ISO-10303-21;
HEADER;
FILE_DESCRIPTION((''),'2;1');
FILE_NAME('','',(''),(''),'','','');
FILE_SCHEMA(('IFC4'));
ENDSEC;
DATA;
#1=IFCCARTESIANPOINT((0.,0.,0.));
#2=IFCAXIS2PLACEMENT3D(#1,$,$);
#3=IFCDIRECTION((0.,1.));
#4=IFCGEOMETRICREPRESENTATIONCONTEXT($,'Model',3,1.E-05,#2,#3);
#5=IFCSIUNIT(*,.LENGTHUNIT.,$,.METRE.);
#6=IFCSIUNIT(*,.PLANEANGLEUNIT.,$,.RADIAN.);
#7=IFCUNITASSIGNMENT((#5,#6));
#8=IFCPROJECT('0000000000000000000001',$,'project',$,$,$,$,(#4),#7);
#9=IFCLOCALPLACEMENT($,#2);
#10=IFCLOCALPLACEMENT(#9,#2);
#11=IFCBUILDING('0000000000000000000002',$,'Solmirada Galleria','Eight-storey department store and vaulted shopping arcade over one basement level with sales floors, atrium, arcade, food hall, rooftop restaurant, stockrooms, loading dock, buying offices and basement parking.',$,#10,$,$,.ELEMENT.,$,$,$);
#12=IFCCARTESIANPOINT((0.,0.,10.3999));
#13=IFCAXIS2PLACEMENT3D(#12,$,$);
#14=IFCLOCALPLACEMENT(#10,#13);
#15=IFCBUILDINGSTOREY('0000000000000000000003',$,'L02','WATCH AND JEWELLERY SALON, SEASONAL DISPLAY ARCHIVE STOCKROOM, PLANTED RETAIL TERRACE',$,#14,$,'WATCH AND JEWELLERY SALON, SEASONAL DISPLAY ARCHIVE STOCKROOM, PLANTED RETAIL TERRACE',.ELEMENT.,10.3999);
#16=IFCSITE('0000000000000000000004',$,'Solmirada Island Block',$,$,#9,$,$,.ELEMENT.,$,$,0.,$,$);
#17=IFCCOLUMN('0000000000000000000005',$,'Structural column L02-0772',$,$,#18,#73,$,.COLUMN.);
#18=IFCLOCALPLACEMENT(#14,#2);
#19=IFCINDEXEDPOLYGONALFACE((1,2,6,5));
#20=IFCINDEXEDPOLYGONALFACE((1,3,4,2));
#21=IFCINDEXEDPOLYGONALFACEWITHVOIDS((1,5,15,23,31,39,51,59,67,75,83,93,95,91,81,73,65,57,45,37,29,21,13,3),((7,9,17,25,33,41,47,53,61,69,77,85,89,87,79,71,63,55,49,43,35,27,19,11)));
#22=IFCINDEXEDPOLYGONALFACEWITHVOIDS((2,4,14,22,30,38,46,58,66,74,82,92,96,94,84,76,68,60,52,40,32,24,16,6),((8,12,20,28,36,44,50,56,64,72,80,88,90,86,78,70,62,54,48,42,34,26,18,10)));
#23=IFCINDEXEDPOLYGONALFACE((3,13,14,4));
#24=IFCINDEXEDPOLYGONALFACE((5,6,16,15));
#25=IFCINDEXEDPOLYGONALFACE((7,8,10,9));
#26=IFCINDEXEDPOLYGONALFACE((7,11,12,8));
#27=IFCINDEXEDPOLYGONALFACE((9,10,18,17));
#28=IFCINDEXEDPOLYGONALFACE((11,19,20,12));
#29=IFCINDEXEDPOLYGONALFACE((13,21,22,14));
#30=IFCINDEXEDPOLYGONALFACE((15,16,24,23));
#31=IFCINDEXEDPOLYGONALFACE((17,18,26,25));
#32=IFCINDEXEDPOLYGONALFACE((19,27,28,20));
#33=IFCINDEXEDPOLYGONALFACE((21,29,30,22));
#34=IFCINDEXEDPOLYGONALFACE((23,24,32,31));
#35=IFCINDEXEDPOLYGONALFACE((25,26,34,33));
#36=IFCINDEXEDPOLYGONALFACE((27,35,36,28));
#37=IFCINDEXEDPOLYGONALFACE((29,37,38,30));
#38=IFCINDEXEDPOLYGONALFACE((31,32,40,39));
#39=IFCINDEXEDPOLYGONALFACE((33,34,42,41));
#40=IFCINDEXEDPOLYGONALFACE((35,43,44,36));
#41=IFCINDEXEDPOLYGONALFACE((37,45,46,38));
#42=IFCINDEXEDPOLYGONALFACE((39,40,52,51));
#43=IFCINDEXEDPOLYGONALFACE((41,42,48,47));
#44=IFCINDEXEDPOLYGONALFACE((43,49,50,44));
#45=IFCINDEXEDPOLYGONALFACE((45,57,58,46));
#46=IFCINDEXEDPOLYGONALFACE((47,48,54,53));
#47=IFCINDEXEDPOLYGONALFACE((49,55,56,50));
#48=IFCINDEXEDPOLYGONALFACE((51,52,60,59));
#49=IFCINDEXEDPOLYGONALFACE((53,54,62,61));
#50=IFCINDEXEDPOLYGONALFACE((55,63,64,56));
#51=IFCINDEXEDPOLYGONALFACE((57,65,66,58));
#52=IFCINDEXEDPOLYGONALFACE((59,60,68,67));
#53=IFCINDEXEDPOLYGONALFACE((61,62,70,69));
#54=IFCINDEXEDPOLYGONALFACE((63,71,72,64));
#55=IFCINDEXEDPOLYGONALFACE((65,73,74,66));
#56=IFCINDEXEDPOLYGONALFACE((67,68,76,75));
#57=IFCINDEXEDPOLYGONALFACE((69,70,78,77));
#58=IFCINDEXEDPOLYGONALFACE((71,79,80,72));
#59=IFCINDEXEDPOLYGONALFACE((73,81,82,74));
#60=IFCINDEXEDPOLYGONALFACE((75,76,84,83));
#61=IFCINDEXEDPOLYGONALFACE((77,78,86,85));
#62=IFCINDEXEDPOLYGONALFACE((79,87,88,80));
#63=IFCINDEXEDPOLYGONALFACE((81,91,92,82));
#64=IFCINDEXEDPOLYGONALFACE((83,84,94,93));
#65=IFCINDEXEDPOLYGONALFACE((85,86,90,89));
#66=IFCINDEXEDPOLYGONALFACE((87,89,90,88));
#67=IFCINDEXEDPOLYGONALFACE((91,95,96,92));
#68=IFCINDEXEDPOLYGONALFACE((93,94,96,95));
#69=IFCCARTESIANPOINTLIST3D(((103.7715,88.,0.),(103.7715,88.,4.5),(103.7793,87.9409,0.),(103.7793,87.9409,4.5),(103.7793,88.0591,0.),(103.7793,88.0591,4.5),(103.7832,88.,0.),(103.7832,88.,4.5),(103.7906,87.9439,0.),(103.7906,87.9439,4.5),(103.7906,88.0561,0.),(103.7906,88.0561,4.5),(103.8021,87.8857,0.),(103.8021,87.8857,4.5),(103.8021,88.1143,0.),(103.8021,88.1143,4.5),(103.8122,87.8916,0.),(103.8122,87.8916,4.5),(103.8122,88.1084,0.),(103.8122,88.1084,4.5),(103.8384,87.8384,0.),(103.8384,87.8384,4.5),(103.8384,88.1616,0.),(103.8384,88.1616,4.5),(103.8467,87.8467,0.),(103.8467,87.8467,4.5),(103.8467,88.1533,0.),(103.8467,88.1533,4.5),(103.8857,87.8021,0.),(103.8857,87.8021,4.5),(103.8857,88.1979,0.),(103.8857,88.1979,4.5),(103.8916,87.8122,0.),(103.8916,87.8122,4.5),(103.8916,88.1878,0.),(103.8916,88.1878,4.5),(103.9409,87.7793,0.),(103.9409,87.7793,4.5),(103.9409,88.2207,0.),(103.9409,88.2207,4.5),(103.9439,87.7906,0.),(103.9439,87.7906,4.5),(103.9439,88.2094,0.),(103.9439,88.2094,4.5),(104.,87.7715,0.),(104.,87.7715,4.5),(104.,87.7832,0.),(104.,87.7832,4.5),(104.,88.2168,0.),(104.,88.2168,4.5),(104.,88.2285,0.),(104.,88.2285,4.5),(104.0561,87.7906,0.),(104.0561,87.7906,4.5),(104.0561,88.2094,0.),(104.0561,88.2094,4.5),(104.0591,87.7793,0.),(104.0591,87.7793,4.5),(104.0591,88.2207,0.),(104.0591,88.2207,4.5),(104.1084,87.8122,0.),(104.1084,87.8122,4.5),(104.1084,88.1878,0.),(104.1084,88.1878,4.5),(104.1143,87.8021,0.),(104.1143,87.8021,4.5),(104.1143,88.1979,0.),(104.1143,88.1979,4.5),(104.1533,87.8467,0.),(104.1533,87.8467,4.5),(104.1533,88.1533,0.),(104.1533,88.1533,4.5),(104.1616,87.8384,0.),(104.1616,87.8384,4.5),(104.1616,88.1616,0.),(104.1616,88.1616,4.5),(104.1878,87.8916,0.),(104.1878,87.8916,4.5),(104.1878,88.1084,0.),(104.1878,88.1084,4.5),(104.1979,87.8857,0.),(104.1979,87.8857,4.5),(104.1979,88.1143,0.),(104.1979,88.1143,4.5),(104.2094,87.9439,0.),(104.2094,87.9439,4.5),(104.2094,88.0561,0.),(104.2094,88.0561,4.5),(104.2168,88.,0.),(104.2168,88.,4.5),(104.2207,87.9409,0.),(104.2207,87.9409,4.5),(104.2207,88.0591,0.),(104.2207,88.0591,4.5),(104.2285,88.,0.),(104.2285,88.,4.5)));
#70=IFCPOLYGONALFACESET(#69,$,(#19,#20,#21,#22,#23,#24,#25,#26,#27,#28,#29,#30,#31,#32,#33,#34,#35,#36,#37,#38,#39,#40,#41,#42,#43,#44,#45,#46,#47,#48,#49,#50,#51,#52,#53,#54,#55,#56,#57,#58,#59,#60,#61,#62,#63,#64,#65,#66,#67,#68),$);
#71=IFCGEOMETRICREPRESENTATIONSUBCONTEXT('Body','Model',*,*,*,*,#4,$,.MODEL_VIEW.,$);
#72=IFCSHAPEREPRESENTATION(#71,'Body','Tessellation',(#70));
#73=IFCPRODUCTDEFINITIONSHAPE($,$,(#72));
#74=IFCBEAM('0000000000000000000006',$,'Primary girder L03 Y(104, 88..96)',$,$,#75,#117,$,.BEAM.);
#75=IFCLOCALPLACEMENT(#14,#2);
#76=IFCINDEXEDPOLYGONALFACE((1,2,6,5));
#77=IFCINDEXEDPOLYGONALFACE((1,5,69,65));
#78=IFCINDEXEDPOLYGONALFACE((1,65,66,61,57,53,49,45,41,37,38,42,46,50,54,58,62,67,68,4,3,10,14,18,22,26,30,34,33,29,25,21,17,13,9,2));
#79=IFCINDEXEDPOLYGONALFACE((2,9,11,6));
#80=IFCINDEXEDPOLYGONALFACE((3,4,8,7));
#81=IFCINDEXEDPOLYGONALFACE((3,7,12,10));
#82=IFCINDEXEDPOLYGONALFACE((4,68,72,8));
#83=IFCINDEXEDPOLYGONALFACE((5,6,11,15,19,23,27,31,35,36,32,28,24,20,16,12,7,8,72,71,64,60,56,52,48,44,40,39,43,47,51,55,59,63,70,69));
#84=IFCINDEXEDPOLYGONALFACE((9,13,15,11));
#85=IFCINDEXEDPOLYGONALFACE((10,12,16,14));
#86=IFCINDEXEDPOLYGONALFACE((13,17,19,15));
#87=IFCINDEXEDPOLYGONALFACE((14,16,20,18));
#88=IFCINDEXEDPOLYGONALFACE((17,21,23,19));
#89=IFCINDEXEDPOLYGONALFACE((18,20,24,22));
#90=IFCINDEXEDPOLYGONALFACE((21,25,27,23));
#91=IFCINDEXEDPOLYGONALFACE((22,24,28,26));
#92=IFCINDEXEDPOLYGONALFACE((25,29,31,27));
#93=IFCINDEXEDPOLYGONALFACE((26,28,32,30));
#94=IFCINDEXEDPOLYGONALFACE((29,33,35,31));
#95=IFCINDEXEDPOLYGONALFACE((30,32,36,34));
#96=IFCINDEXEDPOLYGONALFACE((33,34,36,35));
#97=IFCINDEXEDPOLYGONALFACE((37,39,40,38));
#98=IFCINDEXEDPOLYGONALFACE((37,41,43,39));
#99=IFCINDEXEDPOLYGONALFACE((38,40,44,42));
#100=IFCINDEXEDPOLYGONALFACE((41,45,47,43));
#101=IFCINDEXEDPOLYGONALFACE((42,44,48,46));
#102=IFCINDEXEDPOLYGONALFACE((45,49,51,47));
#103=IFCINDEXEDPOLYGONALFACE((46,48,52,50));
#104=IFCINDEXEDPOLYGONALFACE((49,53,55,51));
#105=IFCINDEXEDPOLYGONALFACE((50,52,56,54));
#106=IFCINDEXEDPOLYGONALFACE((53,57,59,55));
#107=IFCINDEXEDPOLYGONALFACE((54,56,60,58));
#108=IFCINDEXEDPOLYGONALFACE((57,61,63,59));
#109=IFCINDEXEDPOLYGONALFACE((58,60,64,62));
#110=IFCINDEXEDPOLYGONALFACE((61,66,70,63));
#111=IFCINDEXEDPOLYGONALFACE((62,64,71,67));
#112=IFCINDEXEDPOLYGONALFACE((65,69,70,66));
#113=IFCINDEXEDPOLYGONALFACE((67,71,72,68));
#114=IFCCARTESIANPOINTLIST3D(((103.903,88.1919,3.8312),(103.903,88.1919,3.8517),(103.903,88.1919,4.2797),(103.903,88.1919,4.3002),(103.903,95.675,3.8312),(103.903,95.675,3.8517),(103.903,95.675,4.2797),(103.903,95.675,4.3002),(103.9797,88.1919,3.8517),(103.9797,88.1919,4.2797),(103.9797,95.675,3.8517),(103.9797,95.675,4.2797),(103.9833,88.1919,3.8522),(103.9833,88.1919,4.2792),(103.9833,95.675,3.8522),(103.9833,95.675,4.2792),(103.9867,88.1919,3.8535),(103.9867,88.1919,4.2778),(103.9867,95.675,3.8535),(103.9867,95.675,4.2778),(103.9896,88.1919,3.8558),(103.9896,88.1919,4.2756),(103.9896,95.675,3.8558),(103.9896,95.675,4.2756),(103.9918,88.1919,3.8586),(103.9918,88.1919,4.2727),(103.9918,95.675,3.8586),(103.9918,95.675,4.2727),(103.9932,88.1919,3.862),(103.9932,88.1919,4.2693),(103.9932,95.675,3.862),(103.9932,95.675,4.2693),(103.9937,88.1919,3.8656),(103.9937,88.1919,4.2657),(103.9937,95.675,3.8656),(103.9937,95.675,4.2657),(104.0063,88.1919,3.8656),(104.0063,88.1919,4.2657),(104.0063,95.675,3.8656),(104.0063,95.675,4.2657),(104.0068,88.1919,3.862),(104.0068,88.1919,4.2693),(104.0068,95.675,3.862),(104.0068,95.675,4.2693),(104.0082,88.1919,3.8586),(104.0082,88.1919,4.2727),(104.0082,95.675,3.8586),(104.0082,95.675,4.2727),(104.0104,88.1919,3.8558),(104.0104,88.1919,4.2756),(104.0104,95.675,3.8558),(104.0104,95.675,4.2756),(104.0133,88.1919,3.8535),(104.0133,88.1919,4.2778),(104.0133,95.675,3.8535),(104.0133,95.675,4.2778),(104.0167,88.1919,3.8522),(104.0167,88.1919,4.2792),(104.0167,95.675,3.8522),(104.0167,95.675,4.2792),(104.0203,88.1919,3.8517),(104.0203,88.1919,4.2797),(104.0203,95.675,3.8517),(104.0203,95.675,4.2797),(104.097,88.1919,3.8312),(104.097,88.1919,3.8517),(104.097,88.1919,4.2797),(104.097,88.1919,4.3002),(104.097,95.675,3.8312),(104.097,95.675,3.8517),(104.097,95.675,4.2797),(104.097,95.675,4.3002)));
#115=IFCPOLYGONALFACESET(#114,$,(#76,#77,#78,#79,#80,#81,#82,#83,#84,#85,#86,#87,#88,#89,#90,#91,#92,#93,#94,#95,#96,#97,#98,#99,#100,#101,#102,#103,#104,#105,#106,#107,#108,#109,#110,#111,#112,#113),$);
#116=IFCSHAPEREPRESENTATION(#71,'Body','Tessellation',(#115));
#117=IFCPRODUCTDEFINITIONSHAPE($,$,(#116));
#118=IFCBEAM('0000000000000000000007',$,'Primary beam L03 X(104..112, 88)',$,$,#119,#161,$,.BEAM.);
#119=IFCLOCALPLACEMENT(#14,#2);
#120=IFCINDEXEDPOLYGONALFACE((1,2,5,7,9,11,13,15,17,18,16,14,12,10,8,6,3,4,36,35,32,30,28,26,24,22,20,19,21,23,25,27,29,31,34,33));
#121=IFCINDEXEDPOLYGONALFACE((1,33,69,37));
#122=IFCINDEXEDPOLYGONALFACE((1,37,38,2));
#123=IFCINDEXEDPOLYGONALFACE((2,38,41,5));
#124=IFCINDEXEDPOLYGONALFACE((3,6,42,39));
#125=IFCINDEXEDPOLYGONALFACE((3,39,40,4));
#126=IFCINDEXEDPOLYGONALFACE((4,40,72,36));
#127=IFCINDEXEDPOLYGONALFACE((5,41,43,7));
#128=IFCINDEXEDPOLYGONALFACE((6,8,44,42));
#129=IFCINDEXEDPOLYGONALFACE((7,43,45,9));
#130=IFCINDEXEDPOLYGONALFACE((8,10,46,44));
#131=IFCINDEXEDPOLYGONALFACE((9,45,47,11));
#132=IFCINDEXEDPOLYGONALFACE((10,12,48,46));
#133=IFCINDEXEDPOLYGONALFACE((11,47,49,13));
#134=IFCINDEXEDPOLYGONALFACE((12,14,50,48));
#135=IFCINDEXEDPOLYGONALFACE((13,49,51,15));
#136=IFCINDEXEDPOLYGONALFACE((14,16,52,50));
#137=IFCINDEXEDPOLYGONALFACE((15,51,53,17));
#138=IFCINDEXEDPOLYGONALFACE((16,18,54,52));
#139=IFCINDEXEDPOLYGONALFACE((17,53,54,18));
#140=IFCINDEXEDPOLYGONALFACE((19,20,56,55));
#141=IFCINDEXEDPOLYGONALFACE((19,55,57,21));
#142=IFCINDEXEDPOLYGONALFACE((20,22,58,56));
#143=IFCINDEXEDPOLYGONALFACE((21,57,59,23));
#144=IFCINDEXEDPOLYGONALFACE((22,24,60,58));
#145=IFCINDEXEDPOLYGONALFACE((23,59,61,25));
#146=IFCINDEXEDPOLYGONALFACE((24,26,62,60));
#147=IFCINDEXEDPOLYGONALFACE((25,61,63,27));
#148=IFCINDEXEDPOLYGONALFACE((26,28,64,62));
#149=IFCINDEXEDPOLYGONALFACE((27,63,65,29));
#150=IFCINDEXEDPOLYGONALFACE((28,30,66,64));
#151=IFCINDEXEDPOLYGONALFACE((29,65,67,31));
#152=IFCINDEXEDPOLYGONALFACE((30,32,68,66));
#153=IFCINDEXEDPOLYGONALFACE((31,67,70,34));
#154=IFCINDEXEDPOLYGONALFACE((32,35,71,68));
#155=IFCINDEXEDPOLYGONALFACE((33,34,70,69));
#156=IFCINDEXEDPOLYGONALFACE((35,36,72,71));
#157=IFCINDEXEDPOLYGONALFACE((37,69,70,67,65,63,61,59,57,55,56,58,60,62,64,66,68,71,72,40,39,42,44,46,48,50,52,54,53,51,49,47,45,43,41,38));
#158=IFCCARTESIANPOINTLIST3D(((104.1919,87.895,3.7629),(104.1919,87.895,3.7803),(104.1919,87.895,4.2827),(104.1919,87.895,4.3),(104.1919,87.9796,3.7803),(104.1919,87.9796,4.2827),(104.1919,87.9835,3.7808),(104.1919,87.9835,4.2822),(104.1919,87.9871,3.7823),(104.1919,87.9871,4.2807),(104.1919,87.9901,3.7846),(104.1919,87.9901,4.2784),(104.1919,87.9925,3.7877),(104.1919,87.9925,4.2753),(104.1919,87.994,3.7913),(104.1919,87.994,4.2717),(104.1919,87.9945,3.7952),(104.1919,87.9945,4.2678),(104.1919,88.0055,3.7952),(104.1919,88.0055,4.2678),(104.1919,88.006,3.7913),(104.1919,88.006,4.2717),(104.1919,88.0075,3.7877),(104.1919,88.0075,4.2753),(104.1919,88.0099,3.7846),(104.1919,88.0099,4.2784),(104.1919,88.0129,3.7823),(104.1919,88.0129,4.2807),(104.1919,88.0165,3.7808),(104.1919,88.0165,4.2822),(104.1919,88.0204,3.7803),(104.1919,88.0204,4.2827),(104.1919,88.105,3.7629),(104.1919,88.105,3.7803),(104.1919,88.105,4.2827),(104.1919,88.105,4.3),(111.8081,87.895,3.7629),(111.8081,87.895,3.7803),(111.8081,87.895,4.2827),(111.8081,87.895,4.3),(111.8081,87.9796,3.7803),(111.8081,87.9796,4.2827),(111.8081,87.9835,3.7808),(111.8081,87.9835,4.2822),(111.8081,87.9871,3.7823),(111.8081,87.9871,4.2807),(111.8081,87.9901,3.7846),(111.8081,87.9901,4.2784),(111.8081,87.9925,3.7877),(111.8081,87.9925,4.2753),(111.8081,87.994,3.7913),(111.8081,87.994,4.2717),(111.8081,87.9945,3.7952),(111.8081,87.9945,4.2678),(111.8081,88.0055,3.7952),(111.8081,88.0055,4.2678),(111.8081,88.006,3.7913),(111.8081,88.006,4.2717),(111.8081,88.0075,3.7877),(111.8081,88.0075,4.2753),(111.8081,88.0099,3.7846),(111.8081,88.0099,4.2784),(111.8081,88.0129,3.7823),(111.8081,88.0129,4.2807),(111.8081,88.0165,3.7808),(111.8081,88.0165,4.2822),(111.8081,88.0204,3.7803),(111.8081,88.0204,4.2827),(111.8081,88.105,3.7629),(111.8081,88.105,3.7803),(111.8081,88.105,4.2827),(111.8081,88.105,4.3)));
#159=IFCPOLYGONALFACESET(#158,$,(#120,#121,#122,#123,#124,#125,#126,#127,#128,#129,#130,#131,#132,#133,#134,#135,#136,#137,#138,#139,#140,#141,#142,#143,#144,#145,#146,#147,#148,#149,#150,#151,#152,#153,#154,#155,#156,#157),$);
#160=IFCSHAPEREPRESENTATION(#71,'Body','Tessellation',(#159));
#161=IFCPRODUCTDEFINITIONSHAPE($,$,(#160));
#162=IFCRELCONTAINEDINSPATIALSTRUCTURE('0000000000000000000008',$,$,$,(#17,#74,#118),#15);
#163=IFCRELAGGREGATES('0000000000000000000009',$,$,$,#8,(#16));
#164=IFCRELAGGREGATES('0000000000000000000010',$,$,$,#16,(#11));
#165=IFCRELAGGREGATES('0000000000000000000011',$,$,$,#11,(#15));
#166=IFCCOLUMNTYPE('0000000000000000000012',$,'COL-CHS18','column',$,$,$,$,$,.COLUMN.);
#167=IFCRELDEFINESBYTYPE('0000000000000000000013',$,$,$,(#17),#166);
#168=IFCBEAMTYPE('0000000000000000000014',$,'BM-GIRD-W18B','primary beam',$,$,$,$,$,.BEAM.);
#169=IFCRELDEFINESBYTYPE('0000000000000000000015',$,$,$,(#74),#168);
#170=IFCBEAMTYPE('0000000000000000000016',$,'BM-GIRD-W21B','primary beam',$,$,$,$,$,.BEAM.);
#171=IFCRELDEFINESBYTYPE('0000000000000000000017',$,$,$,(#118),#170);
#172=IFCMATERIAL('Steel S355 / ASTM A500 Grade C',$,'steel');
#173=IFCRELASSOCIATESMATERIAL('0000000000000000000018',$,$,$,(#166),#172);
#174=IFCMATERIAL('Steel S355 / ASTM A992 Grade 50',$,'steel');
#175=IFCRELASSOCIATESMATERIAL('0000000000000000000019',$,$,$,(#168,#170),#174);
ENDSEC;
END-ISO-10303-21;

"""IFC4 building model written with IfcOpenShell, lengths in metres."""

from ifc_helpers import new_model, si_unit, direction, frame, origin, origin_2d, place, context, subcontext, project, spatial, hollow_circle, i_section, extrude, material, material_profile, profile_set, type_object, element, save


model = new_model("IFC4")

# Units and contexts
model_context = context("Model", 3, precision=1e-05, world=origin(), true_north=direction((0.0, 1.0)))
body_context = subcontext(model_context, "Body", "Model", "MODEL_VIEW")
ifc_project = project(units=[si_unit("LENGTHUNIT", "METRE"), si_unit("PLANEANGLEUNIT", "RADIAN")], contexts=[model_context])

# Site, building, storey
site_placement = place(None, origin())
site = spatial("IfcSite", under=ifc_project, at=site_placement, Name="Solmirada Island Block", CompositionType="ELEMENT", RefElevation=0.0)
building_placement = place(site_placement, origin())
building = spatial("IfcBuilding", under=site, at=building_placement, Name="Solmirada Galleria", Description="Eight-storey department store and vaulted shopping arcade over one basement level with sales floors, atrium, arcade, food hall, rooftop restaurant, stockrooms, loading dock, buying offices and basement parking.", CompositionType="ELEMENT")
storey_placement = place(building_placement, frame((0.0, 0.0, 10.3999)))
storey = spatial("IfcBuildingStorey", under=building, at=storey_placement, Name="L02", Description="WATCH AND JEWELLERY SALON, SEASONAL DISPLAY ARCHIVE STOCKROOM, PLANTED RETAIL TERRACE", LongName="WATCH AND JEWELLERY SALON, SEASONAL DISPLAY ARCHIVE STOCKROOM, PLANTED RETAIL TERRACE", CompositionType="ELEMENT", Elevation=10.3999)

# Column
ifc_material_1 = material(Name="Steel S355 / ASTM A500 Grade C", Category="steel")
ifc_material_profile_1 = material_profile(ifc_material_1, hollow_circle(Radius=0.2285, WallThickness=0.0117, at=origin_2d()), Name="HSS18.000X0.500")
ifc_profile_set_1 = profile_set([ifc_material_profile_1], Name="Steel S355 / ASTM A500 Grade C")
column_type = type_object("IfcColumnType", Name="COL-CHS18", Description="column", PredefinedType="COLUMN", material=ifc_profile_set_1)
column_placement = place(storey_placement, frame((104.0, 88.0, 0.0), z_axis=(0.0, 0.0, 1.0), x_axis=(1.0, 0.0, 0.0)))
element("IfcColumn", 1, at=column_placement, inside=storey, type_object=column_type, Name="Structural column L02-0772", PredefinedType="COLUMN", context=body_context, shape_type="SweptSolid", body=[
    extrude(hollow_circle(Radius=0.2285, WallThickness=0.0117, at=origin_2d()), origin(), (0.0, 0.0, 1.0), 4.5),
])

# Beams
ifc_material_2 = material(Name="Steel S355 / ASTM A992 Grade 50", Category="steel")
ifc_material_profile_2 = material_profile(ifc_material_2, i_section(OverallWidth=0.1941, OverallDepth=0.469, WebThickness=0.0127, FlangeThickness=0.0205, FilletRadius=0.0139, at=origin_2d()), Name="W18X71")
ifc_profile_set_2 = profile_set([ifc_material_profile_2], Name="Steel S355 / ASTM A992 Grade 50")
beam_type_1 = type_object("IfcBeamType", Name="BM-GIRD-W18B", Description="primary beam", PredefinedType="BEAM", material=ifc_profile_set_2)
beam_1_placement = place(storey_placement, frame((104.0, 88.1919, 4.0657), z_axis=(0.0, 1.0, 0.0), x_axis=(-1.0, 0.0, 0.0)))
element("IfcBeam", 2, at=beam_1_placement, inside=storey, type_object=beam_type_1, Name="Primary girder L03 Y(104, 88..96)", PredefinedType="BEAM", context=body_context, shape_type="SweptSolid", body=[
    extrude(i_section(OverallWidth=0.1941, OverallDepth=0.469, WebThickness=0.0127, FlangeThickness=0.0205, FilletRadius=0.0139, at=origin_2d()), origin(), (0.0, 0.0, 1.0), 7.4832),
])
ifc_material_profile_3 = material_profile(ifc_material_2, i_section(OverallWidth=0.21, OverallDepth=0.5371, WebThickness=0.011, FlangeThickness=0.0173, FilletRadius=0.0149, at=origin_2d()), Name="W21X68")
ifc_profile_set_3 = profile_set([ifc_material_profile_3], Name="Steel S355 / ASTM A992 Grade 50")
beam_type_2 = type_object("IfcBeamType", Name="BM-GIRD-W21B", Description="primary beam", PredefinedType="BEAM", material=ifc_profile_set_3)
beam_2_placement = place(storey_placement, frame((104.1919, 88.0, 4.0315), z_axis=(1.0, 0.0, 0.0), x_axis=(0.0, 1.0, 0.0)))
element("IfcBeam", 3, at=beam_2_placement, inside=storey, type_object=beam_type_2, Name="Primary beam L03 X(104..112, 88)", PredefinedType="BEAM", context=body_context, shape_type="SweptSolid", body=[
    extrude(i_section(OverallWidth=0.21, OverallDepth=0.5371, WebThickness=0.011, FlangeThickness=0.0173, FilletRadius=0.0149, at=origin_2d()), origin(), (0.0, 0.0, 1.0), 7.6162),
])

save(model, "model.ifc")
